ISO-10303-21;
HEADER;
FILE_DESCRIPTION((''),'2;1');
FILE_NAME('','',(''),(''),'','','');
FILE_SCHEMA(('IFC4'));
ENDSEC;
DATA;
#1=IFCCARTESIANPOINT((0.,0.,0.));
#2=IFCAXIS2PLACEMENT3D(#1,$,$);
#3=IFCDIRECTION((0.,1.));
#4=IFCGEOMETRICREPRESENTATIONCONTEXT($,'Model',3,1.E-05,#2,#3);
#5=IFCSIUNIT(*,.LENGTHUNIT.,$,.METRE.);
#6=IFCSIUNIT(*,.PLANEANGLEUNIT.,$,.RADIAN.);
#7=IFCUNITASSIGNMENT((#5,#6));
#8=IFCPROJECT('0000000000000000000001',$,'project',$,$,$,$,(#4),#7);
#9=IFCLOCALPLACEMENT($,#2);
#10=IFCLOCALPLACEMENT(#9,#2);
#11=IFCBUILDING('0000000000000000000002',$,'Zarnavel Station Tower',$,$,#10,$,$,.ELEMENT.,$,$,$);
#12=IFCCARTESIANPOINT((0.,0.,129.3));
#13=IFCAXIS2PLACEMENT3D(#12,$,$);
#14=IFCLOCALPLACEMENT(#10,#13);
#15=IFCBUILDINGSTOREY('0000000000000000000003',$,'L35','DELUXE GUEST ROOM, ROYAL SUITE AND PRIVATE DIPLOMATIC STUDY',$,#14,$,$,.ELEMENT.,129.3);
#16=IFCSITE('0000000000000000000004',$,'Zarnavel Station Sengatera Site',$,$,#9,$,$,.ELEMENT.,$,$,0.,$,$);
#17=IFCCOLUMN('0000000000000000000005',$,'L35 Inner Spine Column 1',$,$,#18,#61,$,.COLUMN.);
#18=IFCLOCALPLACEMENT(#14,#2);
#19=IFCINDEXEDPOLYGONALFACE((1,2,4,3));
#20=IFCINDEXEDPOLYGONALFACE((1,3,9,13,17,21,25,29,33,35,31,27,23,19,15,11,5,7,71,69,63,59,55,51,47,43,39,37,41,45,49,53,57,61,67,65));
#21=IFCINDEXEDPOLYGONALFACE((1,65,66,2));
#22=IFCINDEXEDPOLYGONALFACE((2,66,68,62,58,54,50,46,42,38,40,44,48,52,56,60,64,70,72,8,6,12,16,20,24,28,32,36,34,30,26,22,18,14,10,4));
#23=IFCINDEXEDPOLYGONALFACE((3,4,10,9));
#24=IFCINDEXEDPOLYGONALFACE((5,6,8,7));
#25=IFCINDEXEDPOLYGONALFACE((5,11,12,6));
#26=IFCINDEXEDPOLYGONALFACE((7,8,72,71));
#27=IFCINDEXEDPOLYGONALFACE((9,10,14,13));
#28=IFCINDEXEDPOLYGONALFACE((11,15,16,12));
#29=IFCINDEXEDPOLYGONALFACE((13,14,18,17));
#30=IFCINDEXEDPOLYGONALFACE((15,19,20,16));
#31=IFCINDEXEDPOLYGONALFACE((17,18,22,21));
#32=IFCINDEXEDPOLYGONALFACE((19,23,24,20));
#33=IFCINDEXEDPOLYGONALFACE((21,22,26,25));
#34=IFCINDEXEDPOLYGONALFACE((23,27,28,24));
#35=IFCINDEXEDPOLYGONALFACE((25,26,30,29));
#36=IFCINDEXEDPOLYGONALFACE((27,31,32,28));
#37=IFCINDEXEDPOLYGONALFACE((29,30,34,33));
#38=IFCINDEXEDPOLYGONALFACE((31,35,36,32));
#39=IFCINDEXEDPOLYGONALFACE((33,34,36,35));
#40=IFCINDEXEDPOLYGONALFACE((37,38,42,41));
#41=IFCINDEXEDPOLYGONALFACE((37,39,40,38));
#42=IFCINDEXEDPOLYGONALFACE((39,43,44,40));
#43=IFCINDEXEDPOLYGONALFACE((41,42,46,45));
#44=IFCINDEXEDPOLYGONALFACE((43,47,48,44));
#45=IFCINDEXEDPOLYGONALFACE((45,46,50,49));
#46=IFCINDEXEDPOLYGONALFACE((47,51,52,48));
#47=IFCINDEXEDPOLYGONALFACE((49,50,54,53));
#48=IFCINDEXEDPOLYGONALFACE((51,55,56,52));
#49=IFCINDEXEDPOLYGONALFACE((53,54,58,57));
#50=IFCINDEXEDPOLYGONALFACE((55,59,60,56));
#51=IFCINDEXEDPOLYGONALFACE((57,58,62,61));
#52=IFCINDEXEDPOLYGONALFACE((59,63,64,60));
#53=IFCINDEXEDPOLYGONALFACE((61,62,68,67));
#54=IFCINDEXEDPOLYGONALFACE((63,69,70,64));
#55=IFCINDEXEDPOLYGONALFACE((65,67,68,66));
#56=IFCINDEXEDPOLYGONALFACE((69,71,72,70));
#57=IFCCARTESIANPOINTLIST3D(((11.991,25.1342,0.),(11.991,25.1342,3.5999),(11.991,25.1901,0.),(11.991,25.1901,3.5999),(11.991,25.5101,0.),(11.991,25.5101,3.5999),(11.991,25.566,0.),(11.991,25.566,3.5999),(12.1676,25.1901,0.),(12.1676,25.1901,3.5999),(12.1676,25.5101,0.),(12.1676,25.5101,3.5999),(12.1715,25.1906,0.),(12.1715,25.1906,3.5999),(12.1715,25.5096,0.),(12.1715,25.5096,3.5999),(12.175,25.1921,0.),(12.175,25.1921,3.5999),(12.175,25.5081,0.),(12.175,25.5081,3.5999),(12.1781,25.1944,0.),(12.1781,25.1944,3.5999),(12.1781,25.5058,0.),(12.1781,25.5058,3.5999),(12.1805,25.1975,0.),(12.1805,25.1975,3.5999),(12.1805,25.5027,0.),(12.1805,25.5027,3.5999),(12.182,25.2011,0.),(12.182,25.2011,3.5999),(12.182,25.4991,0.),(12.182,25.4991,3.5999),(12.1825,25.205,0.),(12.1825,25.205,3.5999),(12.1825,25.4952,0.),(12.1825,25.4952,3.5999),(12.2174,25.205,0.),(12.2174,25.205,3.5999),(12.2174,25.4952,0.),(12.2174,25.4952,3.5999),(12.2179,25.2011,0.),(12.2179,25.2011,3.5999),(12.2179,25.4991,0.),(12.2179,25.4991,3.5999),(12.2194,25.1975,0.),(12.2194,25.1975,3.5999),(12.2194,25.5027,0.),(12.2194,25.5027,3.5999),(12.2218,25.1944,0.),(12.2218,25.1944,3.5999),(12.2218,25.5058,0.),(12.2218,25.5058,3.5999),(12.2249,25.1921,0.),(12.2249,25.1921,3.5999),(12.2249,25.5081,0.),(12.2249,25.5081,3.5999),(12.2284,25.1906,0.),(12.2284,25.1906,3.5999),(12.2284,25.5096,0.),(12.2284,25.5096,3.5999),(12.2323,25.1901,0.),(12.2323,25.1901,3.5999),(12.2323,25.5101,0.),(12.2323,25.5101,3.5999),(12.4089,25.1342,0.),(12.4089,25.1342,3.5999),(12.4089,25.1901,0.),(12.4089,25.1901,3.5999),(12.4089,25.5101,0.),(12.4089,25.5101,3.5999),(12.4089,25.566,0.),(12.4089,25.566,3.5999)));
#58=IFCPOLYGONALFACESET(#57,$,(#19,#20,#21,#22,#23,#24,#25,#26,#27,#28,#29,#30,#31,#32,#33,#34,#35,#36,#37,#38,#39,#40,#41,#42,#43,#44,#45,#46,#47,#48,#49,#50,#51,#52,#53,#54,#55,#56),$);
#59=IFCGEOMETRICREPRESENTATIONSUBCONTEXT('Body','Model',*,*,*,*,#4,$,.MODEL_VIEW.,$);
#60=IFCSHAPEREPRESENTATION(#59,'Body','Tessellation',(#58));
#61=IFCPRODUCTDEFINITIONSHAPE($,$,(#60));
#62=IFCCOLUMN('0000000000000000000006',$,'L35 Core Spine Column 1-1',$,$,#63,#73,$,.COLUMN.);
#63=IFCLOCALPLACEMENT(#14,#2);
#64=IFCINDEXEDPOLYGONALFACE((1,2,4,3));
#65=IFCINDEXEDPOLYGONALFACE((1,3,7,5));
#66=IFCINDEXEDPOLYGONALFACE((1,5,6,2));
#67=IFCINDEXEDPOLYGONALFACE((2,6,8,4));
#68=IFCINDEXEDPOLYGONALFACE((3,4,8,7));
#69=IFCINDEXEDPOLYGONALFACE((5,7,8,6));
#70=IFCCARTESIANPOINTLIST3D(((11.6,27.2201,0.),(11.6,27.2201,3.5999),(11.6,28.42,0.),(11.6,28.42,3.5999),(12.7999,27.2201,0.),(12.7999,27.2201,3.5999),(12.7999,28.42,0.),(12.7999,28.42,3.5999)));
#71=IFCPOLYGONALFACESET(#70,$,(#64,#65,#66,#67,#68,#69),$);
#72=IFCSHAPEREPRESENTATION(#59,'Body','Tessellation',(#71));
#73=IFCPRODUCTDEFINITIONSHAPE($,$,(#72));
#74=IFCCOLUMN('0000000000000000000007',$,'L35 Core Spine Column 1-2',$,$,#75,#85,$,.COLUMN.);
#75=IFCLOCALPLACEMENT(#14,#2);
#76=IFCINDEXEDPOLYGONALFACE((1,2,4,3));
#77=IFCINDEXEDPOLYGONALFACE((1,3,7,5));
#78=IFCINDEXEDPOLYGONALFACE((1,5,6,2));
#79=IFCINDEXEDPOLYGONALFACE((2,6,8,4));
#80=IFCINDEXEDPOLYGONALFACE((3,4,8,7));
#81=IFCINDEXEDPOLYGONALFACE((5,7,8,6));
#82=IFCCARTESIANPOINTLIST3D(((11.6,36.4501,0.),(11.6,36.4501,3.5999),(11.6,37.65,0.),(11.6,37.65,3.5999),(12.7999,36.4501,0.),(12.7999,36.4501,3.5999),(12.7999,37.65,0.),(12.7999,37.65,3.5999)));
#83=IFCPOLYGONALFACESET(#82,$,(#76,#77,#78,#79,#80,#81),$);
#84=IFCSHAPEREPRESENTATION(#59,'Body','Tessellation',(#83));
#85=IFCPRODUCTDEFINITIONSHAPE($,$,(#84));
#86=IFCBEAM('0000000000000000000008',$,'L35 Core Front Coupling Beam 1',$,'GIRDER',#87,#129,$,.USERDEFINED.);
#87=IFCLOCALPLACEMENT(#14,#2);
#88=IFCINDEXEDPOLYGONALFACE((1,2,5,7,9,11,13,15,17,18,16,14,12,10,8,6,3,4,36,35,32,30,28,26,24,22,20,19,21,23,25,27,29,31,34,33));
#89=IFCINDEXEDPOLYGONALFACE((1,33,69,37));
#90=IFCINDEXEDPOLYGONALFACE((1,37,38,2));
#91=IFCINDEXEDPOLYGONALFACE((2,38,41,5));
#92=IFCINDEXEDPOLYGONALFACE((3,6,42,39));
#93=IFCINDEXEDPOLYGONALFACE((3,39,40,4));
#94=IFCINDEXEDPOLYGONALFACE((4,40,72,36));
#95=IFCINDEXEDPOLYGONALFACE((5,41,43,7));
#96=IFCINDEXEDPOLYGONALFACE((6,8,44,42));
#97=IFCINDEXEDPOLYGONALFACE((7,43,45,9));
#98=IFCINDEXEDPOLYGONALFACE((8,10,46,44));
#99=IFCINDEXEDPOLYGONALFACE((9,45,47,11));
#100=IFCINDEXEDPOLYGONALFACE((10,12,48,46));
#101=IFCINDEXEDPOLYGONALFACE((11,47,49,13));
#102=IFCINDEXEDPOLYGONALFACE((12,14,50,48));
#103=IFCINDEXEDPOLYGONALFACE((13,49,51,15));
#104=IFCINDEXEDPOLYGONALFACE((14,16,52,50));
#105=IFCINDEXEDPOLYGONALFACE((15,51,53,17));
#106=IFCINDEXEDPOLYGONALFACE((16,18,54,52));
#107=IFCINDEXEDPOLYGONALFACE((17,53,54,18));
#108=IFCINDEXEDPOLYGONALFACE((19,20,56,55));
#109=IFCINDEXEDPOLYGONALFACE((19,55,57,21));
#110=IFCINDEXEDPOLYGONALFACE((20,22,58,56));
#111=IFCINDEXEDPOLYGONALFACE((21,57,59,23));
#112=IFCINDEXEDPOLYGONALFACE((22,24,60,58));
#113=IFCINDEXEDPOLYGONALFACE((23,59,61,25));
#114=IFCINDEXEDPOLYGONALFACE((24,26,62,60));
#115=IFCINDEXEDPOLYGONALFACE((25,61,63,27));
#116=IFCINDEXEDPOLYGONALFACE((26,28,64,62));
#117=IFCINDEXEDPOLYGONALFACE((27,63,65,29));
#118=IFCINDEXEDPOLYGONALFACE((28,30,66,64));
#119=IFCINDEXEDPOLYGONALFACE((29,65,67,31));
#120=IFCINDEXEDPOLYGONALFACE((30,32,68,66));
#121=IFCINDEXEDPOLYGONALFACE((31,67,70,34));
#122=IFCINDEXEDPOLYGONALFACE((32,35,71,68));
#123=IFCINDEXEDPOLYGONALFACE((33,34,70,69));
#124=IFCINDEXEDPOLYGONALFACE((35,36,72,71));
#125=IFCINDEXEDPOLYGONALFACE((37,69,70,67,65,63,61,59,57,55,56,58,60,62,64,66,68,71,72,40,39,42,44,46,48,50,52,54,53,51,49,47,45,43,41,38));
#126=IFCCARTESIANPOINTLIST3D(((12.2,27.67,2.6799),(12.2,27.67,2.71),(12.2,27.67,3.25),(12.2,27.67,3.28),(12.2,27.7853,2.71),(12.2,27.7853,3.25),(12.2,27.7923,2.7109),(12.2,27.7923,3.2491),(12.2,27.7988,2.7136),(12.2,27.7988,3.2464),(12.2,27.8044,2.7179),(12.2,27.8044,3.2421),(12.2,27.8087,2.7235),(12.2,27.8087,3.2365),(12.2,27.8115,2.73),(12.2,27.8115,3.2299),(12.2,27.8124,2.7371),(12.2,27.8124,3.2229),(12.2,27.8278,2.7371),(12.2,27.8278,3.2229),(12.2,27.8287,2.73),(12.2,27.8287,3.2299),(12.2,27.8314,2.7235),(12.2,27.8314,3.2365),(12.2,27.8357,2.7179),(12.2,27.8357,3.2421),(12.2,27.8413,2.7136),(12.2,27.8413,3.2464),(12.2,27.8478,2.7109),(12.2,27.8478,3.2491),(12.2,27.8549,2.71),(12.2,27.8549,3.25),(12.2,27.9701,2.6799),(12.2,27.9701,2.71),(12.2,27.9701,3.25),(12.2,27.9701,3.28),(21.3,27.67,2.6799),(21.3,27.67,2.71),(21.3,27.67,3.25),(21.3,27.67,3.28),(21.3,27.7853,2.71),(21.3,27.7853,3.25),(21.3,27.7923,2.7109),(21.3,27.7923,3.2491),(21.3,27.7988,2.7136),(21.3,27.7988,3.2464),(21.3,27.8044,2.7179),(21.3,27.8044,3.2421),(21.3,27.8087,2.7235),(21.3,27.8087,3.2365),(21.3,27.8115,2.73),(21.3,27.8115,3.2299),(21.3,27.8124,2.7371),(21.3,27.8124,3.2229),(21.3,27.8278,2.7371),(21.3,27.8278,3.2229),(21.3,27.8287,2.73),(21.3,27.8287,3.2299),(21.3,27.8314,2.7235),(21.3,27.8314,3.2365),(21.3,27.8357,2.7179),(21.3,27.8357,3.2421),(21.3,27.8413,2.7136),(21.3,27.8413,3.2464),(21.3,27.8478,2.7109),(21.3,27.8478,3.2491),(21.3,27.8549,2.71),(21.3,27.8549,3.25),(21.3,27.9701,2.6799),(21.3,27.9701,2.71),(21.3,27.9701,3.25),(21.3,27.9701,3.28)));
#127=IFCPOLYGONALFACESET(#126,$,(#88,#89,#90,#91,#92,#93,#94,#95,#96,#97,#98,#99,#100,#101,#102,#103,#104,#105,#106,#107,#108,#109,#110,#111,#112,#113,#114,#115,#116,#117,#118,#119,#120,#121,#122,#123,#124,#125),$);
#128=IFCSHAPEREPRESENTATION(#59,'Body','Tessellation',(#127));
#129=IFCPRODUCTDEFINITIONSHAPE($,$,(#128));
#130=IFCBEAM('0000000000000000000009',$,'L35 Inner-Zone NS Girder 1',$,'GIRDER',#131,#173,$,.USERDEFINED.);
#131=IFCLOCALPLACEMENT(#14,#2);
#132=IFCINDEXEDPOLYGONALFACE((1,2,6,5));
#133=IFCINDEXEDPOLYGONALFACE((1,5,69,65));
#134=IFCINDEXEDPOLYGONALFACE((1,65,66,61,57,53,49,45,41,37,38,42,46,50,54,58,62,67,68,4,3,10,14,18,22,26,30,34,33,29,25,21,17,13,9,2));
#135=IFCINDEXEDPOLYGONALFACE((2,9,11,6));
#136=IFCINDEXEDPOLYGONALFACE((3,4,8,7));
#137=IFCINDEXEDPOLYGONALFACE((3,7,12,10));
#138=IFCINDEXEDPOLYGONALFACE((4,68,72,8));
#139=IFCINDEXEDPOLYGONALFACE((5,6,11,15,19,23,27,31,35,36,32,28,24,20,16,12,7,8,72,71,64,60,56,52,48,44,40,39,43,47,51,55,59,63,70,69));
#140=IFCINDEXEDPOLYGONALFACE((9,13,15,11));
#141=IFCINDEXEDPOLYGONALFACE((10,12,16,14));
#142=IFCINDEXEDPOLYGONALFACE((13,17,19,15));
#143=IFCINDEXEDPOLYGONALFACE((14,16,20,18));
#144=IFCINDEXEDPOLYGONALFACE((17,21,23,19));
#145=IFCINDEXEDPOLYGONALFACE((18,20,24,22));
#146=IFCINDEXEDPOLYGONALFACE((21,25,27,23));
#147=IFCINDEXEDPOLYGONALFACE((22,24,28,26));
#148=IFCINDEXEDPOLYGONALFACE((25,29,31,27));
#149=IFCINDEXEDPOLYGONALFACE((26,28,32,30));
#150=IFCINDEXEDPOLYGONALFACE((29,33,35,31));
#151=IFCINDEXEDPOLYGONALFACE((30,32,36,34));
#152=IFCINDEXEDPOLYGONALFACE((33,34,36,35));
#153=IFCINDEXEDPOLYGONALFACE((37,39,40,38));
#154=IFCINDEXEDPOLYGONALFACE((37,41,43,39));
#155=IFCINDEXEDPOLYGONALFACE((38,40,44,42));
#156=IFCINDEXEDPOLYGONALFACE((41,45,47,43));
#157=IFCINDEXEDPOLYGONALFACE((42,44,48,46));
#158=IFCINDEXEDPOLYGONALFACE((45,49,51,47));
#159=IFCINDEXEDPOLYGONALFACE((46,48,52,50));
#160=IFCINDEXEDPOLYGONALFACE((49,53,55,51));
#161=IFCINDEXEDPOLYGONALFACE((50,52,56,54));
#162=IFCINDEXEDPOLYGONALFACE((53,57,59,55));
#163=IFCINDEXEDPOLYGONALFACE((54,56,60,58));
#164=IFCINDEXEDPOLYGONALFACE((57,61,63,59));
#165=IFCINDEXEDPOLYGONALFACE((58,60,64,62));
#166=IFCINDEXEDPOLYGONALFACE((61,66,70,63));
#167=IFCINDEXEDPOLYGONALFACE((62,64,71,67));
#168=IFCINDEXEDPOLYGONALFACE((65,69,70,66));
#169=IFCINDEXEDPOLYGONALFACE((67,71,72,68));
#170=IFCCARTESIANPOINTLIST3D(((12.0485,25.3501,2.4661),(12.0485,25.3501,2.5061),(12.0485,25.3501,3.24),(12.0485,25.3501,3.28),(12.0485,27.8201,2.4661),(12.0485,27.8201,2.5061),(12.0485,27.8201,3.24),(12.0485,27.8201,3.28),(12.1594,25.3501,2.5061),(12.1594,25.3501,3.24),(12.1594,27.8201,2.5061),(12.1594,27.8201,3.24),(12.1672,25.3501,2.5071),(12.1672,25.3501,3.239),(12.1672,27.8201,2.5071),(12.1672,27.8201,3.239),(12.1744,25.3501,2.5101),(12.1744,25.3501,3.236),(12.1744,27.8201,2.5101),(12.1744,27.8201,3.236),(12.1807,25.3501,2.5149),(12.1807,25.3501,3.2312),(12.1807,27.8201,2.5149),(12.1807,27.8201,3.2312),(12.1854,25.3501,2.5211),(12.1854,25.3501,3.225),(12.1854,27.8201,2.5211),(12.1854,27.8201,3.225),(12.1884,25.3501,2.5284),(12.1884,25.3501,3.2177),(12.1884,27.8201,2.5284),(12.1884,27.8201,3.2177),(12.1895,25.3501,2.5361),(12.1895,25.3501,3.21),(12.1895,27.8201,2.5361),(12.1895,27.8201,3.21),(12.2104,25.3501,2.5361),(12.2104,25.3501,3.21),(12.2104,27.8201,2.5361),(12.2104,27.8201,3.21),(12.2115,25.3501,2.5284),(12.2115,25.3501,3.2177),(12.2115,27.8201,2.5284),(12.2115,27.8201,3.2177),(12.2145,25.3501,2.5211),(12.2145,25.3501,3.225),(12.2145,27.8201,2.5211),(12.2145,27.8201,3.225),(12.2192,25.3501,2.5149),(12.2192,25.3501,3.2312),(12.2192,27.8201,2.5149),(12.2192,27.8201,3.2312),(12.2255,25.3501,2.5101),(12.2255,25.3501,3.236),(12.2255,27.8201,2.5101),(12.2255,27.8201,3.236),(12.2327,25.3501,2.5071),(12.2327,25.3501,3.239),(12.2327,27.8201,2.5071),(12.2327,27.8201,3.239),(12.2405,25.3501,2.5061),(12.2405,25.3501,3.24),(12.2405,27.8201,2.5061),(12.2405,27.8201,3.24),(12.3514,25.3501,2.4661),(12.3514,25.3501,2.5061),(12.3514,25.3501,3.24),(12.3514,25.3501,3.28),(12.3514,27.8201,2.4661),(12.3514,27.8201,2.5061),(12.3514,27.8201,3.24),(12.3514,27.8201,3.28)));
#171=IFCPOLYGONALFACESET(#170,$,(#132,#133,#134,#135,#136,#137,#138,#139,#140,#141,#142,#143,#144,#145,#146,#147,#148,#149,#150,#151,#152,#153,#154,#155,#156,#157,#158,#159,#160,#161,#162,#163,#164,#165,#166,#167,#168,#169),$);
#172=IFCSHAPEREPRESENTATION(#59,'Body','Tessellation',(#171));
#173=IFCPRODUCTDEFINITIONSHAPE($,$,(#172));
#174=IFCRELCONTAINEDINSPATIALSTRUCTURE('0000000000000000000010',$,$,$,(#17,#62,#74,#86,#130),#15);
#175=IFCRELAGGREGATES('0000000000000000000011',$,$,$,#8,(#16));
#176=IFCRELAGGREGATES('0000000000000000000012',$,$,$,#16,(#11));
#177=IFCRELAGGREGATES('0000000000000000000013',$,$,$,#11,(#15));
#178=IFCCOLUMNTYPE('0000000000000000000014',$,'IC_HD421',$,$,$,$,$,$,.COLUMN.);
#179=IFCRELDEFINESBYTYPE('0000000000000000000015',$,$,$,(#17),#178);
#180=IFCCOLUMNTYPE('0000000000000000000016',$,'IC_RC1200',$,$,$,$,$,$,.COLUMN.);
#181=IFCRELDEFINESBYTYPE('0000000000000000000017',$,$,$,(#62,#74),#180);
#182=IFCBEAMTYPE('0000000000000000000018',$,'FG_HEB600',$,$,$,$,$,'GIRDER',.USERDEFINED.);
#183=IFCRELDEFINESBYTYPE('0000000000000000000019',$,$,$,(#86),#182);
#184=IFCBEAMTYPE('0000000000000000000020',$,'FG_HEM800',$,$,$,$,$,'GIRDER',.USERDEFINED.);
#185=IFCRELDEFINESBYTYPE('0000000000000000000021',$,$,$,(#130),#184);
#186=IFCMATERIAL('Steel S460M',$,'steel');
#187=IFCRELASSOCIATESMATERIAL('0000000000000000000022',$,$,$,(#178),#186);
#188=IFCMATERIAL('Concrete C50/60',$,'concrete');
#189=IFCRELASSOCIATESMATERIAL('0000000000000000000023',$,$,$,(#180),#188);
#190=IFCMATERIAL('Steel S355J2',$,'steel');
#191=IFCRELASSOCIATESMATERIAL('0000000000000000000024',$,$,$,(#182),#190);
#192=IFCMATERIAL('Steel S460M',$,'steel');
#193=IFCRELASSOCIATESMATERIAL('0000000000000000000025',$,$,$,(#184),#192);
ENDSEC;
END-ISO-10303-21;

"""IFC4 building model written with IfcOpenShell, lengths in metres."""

from ifc_helpers import new_model, si_unit, direction, frame, origin, origin_2d, place, context, subcontext, project, spatial, rectangle, i_section, extrude, material, material_profile, profile_set, type_object, element, save


model = new_model("IFC4")

# Units and contexts
model_context = context("Model", 3, precision=1e-05, world=origin(), true_north=direction((0.0, 1.0)))
body_context = subcontext(model_context, "Body", "Model", "MODEL_VIEW")
ifc_project = project(units=[si_unit("LENGTHUNIT", "METRE"), si_unit("PLANEANGLEUNIT", "RADIAN")], contexts=[model_context])

# Site, building, storey
site_placement = place(None, origin())
site = spatial("IfcSite", under=ifc_project, at=site_placement, Name="Zarnavel Station Sengatera Site", CompositionType="ELEMENT", RefElevation=0.0)
building_placement = place(site_placement, origin())
building = spatial("IfcBuilding", under=site, at=building_placement, Name="Zarnavel Station Tower", CompositionType="ELEMENT")
storey_placement = place(building_placement, frame((0.0, 0.0, 129.3)))
storey = spatial("IfcBuildingStorey", under=building, at=storey_placement, Name="L35", Description="DELUXE GUEST ROOM, ROYAL SUITE AND PRIVATE DIPLOMATIC STUDY", CompositionType="ELEMENT", Elevation=129.3)

# Columns
ifc_material_1 = material(Name="Steel S460M", Category="steel")
ifc_material_profile_1 = material_profile(ifc_material_1, i_section(OverallWidth=0.418, OverallDepth=0.4319, WebThickness=0.0349, FlangeThickness=0.0559, FilletRadius=0.0149, at=origin_2d()), Name="HD400x421")
ifc_profile_set_1 = profile_set([ifc_material_profile_1], Name="Steel S460M")
column_type_1 = type_object("IfcColumnType", Name="IC_HD421", PredefinedType="COLUMN", material=ifc_profile_set_1)
column_placement = place(storey_placement, frame((12.2, 25.3501, 0.0), z_axis=(0.0, 0.0, 1.0), x_axis=(1.0, 0.0, 0.0)))
element("IfcColumn", 1, at=column_placement, inside=storey, type_object=column_type_1, Name="L35 Inner Spine Column 1", PredefinedType="COLUMN", context=body_context, shape_type="SweptSolid", body=[
    extrude(i_section(OverallWidth=0.418, OverallDepth=0.4319, WebThickness=0.0349, FlangeThickness=0.0559, FilletRadius=0.0149, at=origin_2d()), origin(), (0.0, 0.0, 1.0), 3.5999),
])
ifc_material_2 = material(Name="Concrete C50/60", Category="concrete")
ifc_material_profile_2 = material_profile(ifc_material_2, rectangle(XDim=1.2, YDim=1.2, at=origin_2d()), Name="RC1200x1200")
ifc_profile_set_2 = profile_set([ifc_material_profile_2], Name="Concrete C50/60")
column_type_2 = type_object("IfcColumnType", Name="IC_RC1200", PredefinedType="COLUMN", material=ifc_profile_set_2)
for number, where, z_axis, x_axis, name in (
    (2, (12.2, 27.8201, 0.0), (0.0, 0.0, 1.0), (1.0, 0.0, 0.0), "L35 Core Spine Column 1-1"),
    (3, (12.2, 37.05, 0.0), (0.0, 0.0, 1.0), (1.0, 0.0, 0.0), "L35 Core Spine Column 1-2"),
):
    element("IfcColumn", number, at=place(storey_placement, frame(where, z_axis=z_axis, x_axis=x_axis)), inside=storey, type_object=column_type_2, Name=name, PredefinedType="COLUMN", context=body_context, shape_type="SweptSolid", body=[
        extrude(rectangle(XDim=1.2, YDim=1.2, at=origin_2d()), origin(), (0.0, 0.0, 1.0), 3.5999),
    ])

# Beams
ifc_material_3 = material(Name="Steel S355J2", Category="steel")
ifc_material_profile_3 = material_profile(ifc_material_3, i_section(OverallWidth=0.3, OverallDepth=0.6001, WebThickness=0.0154, FlangeThickness=0.03, FilletRadius=0.0271, at=origin_2d()), Name="HEB600")
ifc_profile_set_3 = profile_set([ifc_material_profile_3], Name="Steel S355J2")
beam_type_1 = type_object("IfcBeamType", Name="FG_HEB600", ElementType="GIRDER", PredefinedType="USERDEFINED", material=ifc_profile_set_3)
beam_1_placement = place(storey_placement, frame((12.2, 27.8201, 2.98), z_axis=(1.0, 0.0, 0.0), x_axis=(0.0, 1.0, 0.0)))
element("IfcBeam", 4, at=beam_1_placement, inside=storey, type_object=beam_type_1, Name="L35 Core Front Coupling Beam 1", ObjectType="GIRDER", PredefinedType="USERDEFINED", context=body_context, shape_type="SweptSolid", body=[
    extrude(i_section(OverallWidth=0.3, OverallDepth=0.6001, WebThickness=0.0154, FlangeThickness=0.03, FilletRadius=0.0271, at=origin_2d()), origin(), (0.0, 0.0, 1.0), 9.1001),
])
ifc_material_4 = material(Name="Steel S460M", Category="steel")
ifc_material_profile_4 = material_profile(ifc_material_4, i_section(OverallWidth=0.303, OverallDepth=0.814, WebThickness=0.021, FlangeThickness=0.04, FilletRadius=0.03, at=origin_2d()), Name="HEM800")
ifc_profile_set_4 = profile_set([ifc_material_profile_4], Name="Steel S460M")
beam_type_2 = type_object("IfcBeamType", Name="FG_HEM800", ElementType="GIRDER", PredefinedType="USERDEFINED", material=ifc_profile_set_4)
beam_2_placement = place(storey_placement, frame((12.2, 25.3501, 2.873), z_axis=(0.0, 1.0, 0.0), x_axis=(-1.0, 0.0, 0.0)))
element("IfcBeam", 5, at=beam_2_placement, inside=storey, type_object=beam_type_2, Name="L35 Inner-Zone NS Girder 1", ObjectType="GIRDER", PredefinedType="USERDEFINED", context=body_context, shape_type="SweptSolid", body=[
    extrude(i_section(OverallWidth=0.303, OverallDepth=0.814, WebThickness=0.021, FlangeThickness=0.04, FilletRadius=0.03, at=origin_2d()), origin(), (0.0, 0.0, 1.0), 2.47),
])

save(model, "model.ifc")
